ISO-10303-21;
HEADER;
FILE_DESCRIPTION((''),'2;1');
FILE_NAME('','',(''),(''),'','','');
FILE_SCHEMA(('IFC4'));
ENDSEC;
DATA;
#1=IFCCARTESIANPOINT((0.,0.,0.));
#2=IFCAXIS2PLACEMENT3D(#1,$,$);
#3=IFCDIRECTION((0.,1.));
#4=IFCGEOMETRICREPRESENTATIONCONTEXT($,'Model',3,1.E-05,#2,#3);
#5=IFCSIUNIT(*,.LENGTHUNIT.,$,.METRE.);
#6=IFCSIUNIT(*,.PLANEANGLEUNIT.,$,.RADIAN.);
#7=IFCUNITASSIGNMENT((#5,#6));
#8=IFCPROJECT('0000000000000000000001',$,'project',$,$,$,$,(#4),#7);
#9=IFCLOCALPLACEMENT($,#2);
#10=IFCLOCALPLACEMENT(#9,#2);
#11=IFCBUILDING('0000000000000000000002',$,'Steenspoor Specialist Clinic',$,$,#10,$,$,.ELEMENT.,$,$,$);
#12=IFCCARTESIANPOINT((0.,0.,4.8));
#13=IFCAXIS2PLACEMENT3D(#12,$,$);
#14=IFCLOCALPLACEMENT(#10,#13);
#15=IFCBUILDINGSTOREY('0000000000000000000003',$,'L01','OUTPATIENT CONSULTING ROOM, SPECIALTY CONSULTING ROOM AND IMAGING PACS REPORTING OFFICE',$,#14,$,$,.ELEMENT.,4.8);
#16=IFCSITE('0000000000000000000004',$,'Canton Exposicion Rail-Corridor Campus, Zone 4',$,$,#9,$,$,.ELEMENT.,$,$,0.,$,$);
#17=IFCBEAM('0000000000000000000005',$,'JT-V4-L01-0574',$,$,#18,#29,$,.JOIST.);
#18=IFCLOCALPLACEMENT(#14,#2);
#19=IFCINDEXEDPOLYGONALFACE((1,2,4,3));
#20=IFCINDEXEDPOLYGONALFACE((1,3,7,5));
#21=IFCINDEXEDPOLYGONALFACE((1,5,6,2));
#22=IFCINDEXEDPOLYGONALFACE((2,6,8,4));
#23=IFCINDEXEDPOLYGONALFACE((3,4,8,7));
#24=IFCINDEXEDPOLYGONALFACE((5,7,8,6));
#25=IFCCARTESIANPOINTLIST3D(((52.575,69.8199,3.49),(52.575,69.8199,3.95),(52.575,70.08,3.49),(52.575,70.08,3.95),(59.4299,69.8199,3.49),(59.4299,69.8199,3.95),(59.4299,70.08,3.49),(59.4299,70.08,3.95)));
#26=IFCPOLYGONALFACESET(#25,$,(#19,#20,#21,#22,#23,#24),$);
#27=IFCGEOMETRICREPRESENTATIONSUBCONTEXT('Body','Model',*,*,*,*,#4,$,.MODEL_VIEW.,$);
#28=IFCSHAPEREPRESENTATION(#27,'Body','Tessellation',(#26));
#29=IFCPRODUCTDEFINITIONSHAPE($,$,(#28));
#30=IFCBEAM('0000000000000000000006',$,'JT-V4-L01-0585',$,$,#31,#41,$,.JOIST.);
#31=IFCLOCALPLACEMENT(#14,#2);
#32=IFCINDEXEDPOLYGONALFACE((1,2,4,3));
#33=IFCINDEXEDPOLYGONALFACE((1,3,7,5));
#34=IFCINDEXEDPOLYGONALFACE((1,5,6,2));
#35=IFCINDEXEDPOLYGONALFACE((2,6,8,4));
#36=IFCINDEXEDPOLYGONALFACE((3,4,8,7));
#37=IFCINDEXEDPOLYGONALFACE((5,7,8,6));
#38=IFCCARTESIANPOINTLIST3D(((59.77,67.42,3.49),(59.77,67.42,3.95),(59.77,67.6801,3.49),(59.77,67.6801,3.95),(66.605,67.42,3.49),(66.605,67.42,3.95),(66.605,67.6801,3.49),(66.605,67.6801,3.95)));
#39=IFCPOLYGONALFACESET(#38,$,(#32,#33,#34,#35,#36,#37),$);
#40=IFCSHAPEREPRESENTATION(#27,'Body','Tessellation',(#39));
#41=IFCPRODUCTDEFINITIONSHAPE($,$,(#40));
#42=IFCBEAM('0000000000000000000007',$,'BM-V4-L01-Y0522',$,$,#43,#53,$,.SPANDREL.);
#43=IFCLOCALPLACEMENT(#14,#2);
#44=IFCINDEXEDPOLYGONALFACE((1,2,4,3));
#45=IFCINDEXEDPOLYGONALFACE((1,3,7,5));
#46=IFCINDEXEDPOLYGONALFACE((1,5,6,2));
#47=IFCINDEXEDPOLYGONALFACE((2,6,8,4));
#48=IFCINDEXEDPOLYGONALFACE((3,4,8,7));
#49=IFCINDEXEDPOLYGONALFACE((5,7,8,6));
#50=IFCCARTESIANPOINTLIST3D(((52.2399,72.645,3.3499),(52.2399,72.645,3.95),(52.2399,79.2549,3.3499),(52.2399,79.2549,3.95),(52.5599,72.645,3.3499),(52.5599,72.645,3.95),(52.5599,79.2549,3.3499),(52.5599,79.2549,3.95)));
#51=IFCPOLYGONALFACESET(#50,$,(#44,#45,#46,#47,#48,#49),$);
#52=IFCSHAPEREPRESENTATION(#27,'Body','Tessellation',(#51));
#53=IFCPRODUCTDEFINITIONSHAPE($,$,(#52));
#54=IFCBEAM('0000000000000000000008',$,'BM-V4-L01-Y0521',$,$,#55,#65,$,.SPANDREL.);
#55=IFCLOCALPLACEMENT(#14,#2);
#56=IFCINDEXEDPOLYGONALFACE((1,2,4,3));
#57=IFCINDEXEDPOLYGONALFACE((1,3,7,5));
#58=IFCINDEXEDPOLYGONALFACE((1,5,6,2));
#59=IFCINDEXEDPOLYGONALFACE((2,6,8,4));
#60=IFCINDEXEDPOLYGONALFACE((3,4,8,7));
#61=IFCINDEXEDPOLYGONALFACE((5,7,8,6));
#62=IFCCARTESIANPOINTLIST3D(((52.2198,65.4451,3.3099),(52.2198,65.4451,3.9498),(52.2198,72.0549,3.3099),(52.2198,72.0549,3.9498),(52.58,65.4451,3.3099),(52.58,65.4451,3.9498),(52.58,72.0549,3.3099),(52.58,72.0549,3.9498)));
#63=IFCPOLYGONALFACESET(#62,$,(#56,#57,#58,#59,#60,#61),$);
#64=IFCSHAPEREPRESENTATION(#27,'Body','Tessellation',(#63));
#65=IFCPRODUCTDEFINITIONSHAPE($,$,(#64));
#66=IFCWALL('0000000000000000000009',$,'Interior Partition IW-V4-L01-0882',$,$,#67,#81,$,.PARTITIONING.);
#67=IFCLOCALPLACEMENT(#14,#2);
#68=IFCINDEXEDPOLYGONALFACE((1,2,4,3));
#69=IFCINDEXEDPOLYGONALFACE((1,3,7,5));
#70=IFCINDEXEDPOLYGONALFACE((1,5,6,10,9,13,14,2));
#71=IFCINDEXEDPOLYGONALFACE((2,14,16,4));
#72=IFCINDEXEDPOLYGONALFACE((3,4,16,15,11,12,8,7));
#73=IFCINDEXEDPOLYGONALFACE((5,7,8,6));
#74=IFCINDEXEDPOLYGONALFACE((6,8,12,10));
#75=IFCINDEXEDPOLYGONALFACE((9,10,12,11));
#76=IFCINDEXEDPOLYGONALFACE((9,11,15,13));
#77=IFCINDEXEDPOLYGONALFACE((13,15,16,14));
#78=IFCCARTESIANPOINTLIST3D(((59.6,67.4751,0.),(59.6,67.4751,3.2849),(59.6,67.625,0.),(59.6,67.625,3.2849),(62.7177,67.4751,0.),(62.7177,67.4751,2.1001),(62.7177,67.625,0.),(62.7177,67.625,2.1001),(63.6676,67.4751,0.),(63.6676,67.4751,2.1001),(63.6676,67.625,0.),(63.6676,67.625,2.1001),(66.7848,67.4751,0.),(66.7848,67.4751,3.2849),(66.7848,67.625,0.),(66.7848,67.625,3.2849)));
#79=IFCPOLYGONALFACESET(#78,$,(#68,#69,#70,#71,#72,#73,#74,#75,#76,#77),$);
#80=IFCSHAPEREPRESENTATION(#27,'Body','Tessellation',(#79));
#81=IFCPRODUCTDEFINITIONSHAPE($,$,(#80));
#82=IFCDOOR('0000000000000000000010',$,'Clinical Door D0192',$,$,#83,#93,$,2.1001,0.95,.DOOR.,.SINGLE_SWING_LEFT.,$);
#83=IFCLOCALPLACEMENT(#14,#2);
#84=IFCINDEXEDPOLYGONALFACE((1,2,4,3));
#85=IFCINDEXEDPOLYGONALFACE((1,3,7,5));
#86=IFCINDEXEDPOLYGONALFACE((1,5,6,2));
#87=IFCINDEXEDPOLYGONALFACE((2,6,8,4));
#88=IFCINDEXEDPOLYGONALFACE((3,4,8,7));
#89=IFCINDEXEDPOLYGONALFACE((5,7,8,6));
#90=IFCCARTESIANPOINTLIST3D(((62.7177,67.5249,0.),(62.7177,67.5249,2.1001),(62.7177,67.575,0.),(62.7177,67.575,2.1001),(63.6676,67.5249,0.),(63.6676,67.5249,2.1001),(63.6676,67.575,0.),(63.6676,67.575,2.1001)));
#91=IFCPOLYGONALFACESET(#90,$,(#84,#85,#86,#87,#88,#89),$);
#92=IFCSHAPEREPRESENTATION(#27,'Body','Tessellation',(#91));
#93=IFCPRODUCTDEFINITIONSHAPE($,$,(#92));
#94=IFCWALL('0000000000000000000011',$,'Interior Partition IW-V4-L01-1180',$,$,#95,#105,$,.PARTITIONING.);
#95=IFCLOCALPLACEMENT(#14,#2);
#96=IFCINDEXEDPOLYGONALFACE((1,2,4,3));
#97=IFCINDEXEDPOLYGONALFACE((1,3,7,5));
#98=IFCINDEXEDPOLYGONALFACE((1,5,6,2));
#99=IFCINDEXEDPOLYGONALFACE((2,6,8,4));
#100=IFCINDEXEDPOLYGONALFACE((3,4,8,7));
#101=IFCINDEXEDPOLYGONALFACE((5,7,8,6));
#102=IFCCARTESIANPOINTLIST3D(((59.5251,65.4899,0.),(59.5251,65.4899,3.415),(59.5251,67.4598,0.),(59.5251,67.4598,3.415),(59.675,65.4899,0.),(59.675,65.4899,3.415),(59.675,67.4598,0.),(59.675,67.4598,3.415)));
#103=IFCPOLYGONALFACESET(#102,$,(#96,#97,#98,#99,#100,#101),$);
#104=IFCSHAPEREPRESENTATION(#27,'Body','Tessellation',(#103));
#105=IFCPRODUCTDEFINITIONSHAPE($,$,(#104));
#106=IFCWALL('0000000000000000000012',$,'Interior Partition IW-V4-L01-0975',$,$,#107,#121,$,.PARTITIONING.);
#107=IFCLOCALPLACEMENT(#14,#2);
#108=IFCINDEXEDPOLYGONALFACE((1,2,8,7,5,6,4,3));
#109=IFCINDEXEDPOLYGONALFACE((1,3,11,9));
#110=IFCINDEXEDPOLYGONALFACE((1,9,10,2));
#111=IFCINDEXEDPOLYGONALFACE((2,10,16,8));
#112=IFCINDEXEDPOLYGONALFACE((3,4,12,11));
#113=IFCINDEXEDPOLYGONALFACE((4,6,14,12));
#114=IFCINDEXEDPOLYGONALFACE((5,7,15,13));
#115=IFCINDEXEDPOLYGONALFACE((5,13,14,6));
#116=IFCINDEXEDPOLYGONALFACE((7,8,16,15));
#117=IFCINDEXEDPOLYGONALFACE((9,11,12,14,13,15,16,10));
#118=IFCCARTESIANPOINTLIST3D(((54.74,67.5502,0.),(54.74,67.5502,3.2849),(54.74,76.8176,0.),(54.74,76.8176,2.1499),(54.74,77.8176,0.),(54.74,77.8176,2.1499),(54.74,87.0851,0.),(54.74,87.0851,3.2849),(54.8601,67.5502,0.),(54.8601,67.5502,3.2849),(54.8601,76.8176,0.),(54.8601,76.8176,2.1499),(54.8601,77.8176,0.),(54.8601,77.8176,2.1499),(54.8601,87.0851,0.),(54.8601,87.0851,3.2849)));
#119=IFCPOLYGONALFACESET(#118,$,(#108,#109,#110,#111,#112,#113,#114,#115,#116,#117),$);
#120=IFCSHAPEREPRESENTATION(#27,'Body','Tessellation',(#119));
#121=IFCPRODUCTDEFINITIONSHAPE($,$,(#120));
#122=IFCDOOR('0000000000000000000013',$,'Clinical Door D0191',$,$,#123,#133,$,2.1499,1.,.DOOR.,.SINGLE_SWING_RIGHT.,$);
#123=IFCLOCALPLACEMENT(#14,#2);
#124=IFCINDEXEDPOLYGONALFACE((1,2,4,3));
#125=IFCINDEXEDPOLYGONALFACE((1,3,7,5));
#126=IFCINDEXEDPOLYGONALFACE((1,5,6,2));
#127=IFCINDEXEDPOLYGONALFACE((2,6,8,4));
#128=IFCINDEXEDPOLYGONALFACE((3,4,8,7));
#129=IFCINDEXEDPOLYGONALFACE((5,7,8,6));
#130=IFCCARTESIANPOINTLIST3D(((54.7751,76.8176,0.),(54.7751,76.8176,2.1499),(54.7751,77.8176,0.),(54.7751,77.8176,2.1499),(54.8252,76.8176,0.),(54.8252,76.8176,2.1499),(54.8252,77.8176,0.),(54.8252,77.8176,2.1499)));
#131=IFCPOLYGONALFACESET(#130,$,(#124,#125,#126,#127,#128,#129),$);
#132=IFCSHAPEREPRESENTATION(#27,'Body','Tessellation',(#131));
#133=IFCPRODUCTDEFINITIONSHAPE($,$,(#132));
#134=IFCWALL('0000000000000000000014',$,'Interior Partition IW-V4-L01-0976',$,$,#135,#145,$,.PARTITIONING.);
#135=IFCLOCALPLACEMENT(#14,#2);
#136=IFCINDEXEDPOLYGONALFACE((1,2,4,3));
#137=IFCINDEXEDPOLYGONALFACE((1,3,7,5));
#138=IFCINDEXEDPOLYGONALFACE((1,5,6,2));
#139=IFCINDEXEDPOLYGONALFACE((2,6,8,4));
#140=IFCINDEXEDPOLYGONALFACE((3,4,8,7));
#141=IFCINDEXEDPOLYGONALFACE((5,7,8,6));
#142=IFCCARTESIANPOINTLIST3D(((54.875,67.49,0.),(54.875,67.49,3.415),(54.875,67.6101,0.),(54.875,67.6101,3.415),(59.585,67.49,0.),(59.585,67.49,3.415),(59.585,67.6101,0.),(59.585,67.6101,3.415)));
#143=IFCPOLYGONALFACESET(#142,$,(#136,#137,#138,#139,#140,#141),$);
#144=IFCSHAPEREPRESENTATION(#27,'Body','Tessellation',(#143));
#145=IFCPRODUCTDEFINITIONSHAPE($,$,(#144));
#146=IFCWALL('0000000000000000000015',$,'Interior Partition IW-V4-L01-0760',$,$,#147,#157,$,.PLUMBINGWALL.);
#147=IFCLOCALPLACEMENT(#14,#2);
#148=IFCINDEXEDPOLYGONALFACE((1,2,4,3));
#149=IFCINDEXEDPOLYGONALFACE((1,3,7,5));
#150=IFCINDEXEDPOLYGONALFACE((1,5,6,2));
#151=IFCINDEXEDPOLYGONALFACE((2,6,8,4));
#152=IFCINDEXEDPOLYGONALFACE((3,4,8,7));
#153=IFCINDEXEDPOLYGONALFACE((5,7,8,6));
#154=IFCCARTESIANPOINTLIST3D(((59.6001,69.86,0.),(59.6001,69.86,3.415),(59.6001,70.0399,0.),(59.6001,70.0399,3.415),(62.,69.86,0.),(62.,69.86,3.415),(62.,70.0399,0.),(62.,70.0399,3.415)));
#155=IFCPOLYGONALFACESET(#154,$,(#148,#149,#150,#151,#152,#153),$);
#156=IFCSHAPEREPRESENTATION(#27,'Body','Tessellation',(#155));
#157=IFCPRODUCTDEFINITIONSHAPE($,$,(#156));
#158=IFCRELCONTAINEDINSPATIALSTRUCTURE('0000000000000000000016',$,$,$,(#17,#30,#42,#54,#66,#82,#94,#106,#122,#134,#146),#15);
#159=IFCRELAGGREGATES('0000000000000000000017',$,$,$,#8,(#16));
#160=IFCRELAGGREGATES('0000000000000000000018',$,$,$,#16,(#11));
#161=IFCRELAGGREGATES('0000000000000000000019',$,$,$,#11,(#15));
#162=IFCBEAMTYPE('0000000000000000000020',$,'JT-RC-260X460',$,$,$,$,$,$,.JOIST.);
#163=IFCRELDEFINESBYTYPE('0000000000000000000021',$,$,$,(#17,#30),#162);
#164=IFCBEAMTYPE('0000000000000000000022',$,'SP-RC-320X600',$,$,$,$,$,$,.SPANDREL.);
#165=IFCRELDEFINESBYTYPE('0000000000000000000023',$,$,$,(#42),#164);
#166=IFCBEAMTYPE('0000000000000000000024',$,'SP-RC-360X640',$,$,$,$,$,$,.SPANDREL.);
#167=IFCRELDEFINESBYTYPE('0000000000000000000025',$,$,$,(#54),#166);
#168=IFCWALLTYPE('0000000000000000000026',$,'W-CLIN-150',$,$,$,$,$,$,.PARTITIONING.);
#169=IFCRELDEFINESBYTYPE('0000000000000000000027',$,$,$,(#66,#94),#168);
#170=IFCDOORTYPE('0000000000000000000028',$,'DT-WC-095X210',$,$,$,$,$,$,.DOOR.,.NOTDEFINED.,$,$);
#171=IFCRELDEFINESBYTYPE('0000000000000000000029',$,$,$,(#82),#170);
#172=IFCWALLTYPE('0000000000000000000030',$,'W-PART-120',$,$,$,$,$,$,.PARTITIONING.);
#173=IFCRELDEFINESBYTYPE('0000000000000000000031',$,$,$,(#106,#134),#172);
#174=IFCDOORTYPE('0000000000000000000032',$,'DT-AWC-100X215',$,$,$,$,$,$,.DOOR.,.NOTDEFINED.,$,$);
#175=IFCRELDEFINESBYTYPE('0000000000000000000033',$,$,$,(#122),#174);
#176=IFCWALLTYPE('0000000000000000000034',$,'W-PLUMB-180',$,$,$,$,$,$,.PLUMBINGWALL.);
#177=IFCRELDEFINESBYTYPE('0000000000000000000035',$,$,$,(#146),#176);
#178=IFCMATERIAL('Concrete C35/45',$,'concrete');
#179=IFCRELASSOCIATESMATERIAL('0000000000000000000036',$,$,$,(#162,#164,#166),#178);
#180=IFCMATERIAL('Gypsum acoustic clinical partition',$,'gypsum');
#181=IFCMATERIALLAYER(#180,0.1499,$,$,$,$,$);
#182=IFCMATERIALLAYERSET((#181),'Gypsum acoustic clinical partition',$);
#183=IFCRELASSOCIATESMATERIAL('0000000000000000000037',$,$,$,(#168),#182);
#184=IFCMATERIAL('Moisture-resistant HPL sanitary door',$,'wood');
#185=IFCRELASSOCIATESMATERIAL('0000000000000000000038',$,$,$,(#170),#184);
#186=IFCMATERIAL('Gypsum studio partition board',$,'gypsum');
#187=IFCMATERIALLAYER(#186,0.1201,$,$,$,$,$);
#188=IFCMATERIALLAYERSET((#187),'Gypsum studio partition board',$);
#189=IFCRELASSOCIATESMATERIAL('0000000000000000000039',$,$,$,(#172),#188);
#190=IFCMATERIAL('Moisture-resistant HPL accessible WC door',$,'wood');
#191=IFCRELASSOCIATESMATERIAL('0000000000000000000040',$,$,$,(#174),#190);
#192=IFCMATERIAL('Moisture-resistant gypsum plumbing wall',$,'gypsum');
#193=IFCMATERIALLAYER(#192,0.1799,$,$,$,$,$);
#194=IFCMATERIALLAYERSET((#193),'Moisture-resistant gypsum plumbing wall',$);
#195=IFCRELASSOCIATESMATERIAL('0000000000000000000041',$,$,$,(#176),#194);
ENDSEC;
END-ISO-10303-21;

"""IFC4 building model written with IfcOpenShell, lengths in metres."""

from ifc_helpers import new_model, si_unit, direction, frame, frame_2d, origin, origin_2d, place, context, subcontext, project, spatial, rectangle, extrude, material, layer, layer_set, material_profile, profile_set, type_object, element, fill, save


model = new_model("IFC4")

# Units and contexts
model_context = context("Model", 3, precision=1e-05, world=origin(), true_north=direction((0.0, 1.0)))
body_context = subcontext(model_context, "Body", "Model", "MODEL_VIEW")
ifc_project = project(units=[si_unit("LENGTHUNIT", "METRE"), si_unit("PLANEANGLEUNIT", "RADIAN")], contexts=[model_context])

# Site, building, storey
site_placement = place(None, origin())
site = spatial("IfcSite", under=ifc_project, at=site_placement, Name="Canton Exposicion Rail-Corridor Campus, Zone 4", CompositionType="ELEMENT", RefElevation=0.0)
building_placement = place(site_placement, origin())
building = spatial("IfcBuilding", under=site, at=building_placement, Name="Steenspoor Specialist Clinic", CompositionType="ELEMENT")
storey_placement = place(building_placement, frame((0.0, 0.0, 4.8)))
storey = spatial("IfcBuildingStorey", under=building, at=storey_placement, Name="L01", Description="OUTPATIENT CONSULTING ROOM, SPECIALTY CONSULTING ROOM AND IMAGING PACS REPORTING OFFICE", CompositionType="ELEMENT", Elevation=4.8)

# Shared definitions
ifc_material_1 = material(Name="Concrete C35/45", Category="concrete")

# Beams
ifc_material_profile_1 = material_profile(ifc_material_1, rectangle(XDim=0.26, YDim=0.46, at=origin_2d()), Name="RC-JT-260X460")
ifc_profile_set_1 = profile_set([ifc_material_profile_1], Name="Concrete C35/45")
beam_type_1 = type_object("IfcBeamType", Name="JT-RC-260X460", PredefinedType="JOIST", material=ifc_profile_set_1)
beam_1_placement = place(storey_placement, frame((52.575, 69.95, 3.72), z_axis=(1.0, 0.0, 0.0), x_axis=(0.0, 1.0, 0.0)))
element("IfcBeam", 1, at=beam_1_placement, inside=storey, type_object=beam_type_1, Name="JT-V4-L01-0574", PredefinedType="JOIST", context=body_context, shape_type="SweptSolid", body=[
    extrude(rectangle(XDim=0.26, YDim=0.46, at=origin_2d()), origin(), (0.0, 0.0, 1.0), 6.855),
])
beam_2_placement = place(storey_placement, frame((59.77, 67.55, 3.72), z_axis=(1.0, 0.0, 0.0), x_axis=(0.0, 1.0, 0.0)))
element("IfcBeam", 2, at=beam_2_placement, inside=storey, type_object=beam_type_1, Name="JT-V4-L01-0585", PredefinedType="JOIST", context=body_context, shape_type="SweptSolid", body=[
    extrude(rectangle(XDim=0.26, YDim=0.46, at=origin_2d()), origin(), (0.0, 0.0, 1.0), 6.835),
])
ifc_material_profile_2 = material_profile(ifc_material_1, rectangle(XDim=0.3201, YDim=0.6001, at=origin_2d()), Name="RC-SP-320X600")
ifc_profile_set_2 = profile_set([ifc_material_profile_2], Name="Concrete C35/45")
beam_type_2 = type_object("IfcBeamType", Name="SP-RC-320X600", PredefinedType="SPANDREL", material=ifc_profile_set_2)
beam_3_placement = place(storey_placement, frame((52.3999, 72.645, 3.6499), z_axis=(0.0, 1.0, 0.0), x_axis=(-1.0, 0.0, 0.0)))
element("IfcBeam", 3, at=beam_3_placement, inside=storey, type_object=beam_type_2, Name="BM-V4-L01-Y0522", PredefinedType="SPANDREL", context=body_context, shape_type="SweptSolid", body=[
    extrude(rectangle(XDim=0.3201, YDim=0.6001, at=origin_2d()), origin(), (0.0, 0.0, 1.0), 6.6099),
])
ifc_material_profile_3 = material_profile(ifc_material_1, rectangle(XDim=0.3601, YDim=0.6399, at=origin_2d()), Name="RC-SP-360X640")
ifc_profile_set_3 = profile_set([ifc_material_profile_3], Name="Concrete C35/45")
beam_type_3 = type_object("IfcBeamType", Name="SP-RC-360X640", PredefinedType="SPANDREL", material=ifc_profile_set_3)
beam_4_placement = place(storey_placement, frame((52.3999, 65.4451, 3.6299), z_axis=(0.0, 1.0, 0.0), x_axis=(-1.0, 0.0, 0.0)))
element("IfcBeam", 4, at=beam_4_placement, inside=storey, type_object=beam_type_3, Name="BM-V4-L01-Y0521", PredefinedType="SPANDREL", context=body_context, shape_type="SweptSolid", body=[
    extrude(rectangle(XDim=0.3601, YDim=0.6399, at=origin_2d()), origin(), (0.0, 0.0, 1.0), 6.6099),
])

# Wall, opening, door
ifc_material_2 = material(Name="Gypsum acoustic clinical partition", Category="gypsum")
ifc_layer_1 = layer(ifc_material_2, 0.1499)
ifc_layer_set_1 = layer_set([ifc_layer_1], Name="Gypsum acoustic clinical partition")
wall_type_1 = type_object("IfcWallType", Name="W-CLIN-150", PredefinedType="PARTITIONING", material=ifc_layer_set_1)
wall_1_placement = place(storey_placement, frame((59.6001, 67.55, 0.0), z_axis=(0.0, 0.0, 1.0), x_axis=(1.0, 0.0, 0.0)))
wall_1 = element("IfcWall", 5, at=wall_1_placement, inside=storey, type_object=wall_type_1, Name="Interior Partition IW-V4-L01-0882", PredefinedType="PARTITIONING", context=body_context, shape_type="SweptSolid", body=[
    extrude(rectangle(XDim=7.1848, YDim=0.1499, at=frame_2d((3.5923, 0.0))), origin(), (0.0, 0.0, 1.0), 3.2849),
])
opening_1_placement = place(wall_1_placement, frame((3.1174, 0.0, 0.0)))
opening_1 = element("IfcOpeningElement", 6, at=opening_1_placement, cuts=wall_1, PredefinedType="OPENING", context=body_context, shape_type="SweptSolid", body=[
    extrude(rectangle(XDim=0.95, YDim=2.1001, at=frame_2d((0.4751, 1.05))), frame((0.0, 0.085, 0.0), z_axis=(0.0, -1.0, 0.0), x_axis=(1.0, 0.0, 0.0)), (0.0, 0.0, 1.0), 0.1699),
])
ifc_material_3 = material(Name="Moisture-resistant HPL sanitary door", Category="wood")
door_type_1 = type_object("IfcDoorType", Name="DT-WC-095X210", OperationType="NOTDEFINED", PredefinedType="DOOR", material=ifc_material_3)
door_1_placement = place(opening_1_placement, origin())
door_1 = element("IfcDoor", 7, at=door_1_placement, inside=storey, type_object=door_type_1, Name="Clinical Door D0192", OperationType="SINGLE_SWING_LEFT", OverallHeight=2.1001, OverallWidth=0.95, PredefinedType="DOOR", context=body_context, shape_type="SweptSolid", body=[
    extrude(rectangle(XDim=0.95, YDim=2.1001, at=frame_2d((0.4751, 1.05))), frame((0.0, 0.0249, 0.0), z_axis=(0.0, -1.0, 0.0), x_axis=(1.0, 0.0, 0.0)), (0.0, 0.0, 1.0), 0.05),
])
fill(opening_1, door_1)

# Wall
wall_2_placement = place(storey_placement, frame((59.6001, 65.49, 0.0), z_axis=(0.0, 0.0, 1.0), x_axis=(0.0, 1.0, 0.0)))
element("IfcWall", 8, at=wall_2_placement, inside=storey, type_object=wall_type_1, Name="Interior Partition IW-V4-L01-1180", PredefinedType="PARTITIONING", context=body_context, shape_type="SweptSolid", body=[
    extrude(rectangle(XDim=1.97, YDim=0.1499, at=frame_2d((0.9849, 0.0))), origin(), (0.0, 0.0, 1.0), 3.415),
])

# Wall, opening, door
ifc_material_4 = material(Name="Gypsum studio partition board", Category="gypsum")
ifc_layer_2 = layer(ifc_material_4, 0.1201)
ifc_layer_set_2 = layer_set([ifc_layer_2], Name="Gypsum studio partition board")
wall_type_2 = type_object("IfcWallType", Name="W-PART-120", PredefinedType="PARTITIONING", material=ifc_layer_set_2)
wall_3_placement = place(storey_placement, frame((54.8, 67.55, 0.0), z_axis=(0.0, 0.0, 1.0), x_axis=(0.0, 1.0, 0.0)))
wall_3 = element("IfcWall", 9, at=wall_3_placement, inside=storey, type_object=wall_type_2, Name="Interior Partition IW-V4-L01-0975", PredefinedType="PARTITIONING", context=body_context, shape_type="SweptSolid", body=[
    extrude(rectangle(XDim=19.5349, YDim=0.1201, at=frame_2d((9.7676, 0.0))), origin(), (0.0, 0.0, 1.0), 3.2849),
])
opening_2_placement = place(wall_3_placement, frame((9.2676, 0.0, 0.0)))
opening_2 = element("IfcOpeningElement", 10, at=opening_2_placement, cuts=wall_3, PredefinedType="OPENING", context=body_context, shape_type="SweptSolid", body=[
    extrude(rectangle(XDim=1.0, YDim=2.1499, at=frame_2d((0.5, 1.075))), frame((0.0, 0.0701, 0.0), z_axis=(0.0, -1.0, 0.0), x_axis=(1.0, 0.0, 0.0)), (0.0, 0.0, 1.0), 0.1401),
])
ifc_material_5 = material(Name="Moisture-resistant HPL accessible WC door", Category="wood")
door_type_2 = type_object("IfcDoorType", Name="DT-AWC-100X215", OperationType="NOTDEFINED", PredefinedType="DOOR", material=ifc_material_5)
door_2_placement = place(opening_2_placement, origin())
door_2 = element("IfcDoor", 11, at=door_2_placement, inside=storey, type_object=door_type_2, Name="Clinical Door D0191", OperationType="SINGLE_SWING_RIGHT", OverallHeight=2.1499, OverallWidth=1.0, PredefinedType="DOOR", context=body_context, shape_type="SweptSolid", body=[
    extrude(rectangle(XDim=1.0, YDim=2.1499, at=frame_2d((0.5, 1.075))), frame((0.0, 0.0249, 0.0), z_axis=(0.0, -1.0, 0.0), x_axis=(1.0, 0.0, 0.0)), (0.0, 0.0, 1.0), 0.05),
])
fill(opening_2, door_2)

# Walls
wall_4_placement = place(storey_placement, frame((54.875, 67.55, 0.0), z_axis=(0.0, 0.0, 1.0), x_axis=(1.0, 0.0, 0.0)))
element("IfcWall", 12, at=wall_4_placement, inside=storey, type_object=wall_type_2, Name="Interior Partition IW-V4-L01-0976", PredefinedType="PARTITIONING", context=body_context, shape_type="SweptSolid", body=[
    extrude(rectangle(XDim=4.71, YDim=0.1201, at=frame_2d((2.355, 0.0))), origin(), (0.0, 0.0, 1.0), 3.415),
])
ifc_material_6 = material(Name="Moisture-resistant gypsum plumbing wall", Category="gypsum")
ifc_layer_3 = layer(ifc_material_6, 0.1799)
ifc_layer_set_3 = layer_set([ifc_layer_3], Name="Moisture-resistant gypsum plumbing wall")
wall_type_3 = type_object("IfcWallType", Name="W-PLUMB-180", PredefinedType="PLUMBINGWALL", material=ifc_layer_set_3)
wall_5_placement = place(storey_placement, frame((59.6001, 69.95, 0.0), z_axis=(0.0, 0.0, 1.0), x_axis=(1.0, 0.0, 0.0)))
element("IfcWall", 13, at=wall_5_placement, inside=storey, type_object=wall_type_3, Name="Interior Partition IW-V4-L01-0760", PredefinedType="PLUMBINGWALL", context=body_context, shape_type="SweptSolid", body=[
    extrude(rectangle(XDim=2.3999, YDim=0.1799, at=frame_2d((1.2, 0.0))), origin(), (0.0, 0.0, 1.0), 3.415),
])

save(model, "model.ifc")
